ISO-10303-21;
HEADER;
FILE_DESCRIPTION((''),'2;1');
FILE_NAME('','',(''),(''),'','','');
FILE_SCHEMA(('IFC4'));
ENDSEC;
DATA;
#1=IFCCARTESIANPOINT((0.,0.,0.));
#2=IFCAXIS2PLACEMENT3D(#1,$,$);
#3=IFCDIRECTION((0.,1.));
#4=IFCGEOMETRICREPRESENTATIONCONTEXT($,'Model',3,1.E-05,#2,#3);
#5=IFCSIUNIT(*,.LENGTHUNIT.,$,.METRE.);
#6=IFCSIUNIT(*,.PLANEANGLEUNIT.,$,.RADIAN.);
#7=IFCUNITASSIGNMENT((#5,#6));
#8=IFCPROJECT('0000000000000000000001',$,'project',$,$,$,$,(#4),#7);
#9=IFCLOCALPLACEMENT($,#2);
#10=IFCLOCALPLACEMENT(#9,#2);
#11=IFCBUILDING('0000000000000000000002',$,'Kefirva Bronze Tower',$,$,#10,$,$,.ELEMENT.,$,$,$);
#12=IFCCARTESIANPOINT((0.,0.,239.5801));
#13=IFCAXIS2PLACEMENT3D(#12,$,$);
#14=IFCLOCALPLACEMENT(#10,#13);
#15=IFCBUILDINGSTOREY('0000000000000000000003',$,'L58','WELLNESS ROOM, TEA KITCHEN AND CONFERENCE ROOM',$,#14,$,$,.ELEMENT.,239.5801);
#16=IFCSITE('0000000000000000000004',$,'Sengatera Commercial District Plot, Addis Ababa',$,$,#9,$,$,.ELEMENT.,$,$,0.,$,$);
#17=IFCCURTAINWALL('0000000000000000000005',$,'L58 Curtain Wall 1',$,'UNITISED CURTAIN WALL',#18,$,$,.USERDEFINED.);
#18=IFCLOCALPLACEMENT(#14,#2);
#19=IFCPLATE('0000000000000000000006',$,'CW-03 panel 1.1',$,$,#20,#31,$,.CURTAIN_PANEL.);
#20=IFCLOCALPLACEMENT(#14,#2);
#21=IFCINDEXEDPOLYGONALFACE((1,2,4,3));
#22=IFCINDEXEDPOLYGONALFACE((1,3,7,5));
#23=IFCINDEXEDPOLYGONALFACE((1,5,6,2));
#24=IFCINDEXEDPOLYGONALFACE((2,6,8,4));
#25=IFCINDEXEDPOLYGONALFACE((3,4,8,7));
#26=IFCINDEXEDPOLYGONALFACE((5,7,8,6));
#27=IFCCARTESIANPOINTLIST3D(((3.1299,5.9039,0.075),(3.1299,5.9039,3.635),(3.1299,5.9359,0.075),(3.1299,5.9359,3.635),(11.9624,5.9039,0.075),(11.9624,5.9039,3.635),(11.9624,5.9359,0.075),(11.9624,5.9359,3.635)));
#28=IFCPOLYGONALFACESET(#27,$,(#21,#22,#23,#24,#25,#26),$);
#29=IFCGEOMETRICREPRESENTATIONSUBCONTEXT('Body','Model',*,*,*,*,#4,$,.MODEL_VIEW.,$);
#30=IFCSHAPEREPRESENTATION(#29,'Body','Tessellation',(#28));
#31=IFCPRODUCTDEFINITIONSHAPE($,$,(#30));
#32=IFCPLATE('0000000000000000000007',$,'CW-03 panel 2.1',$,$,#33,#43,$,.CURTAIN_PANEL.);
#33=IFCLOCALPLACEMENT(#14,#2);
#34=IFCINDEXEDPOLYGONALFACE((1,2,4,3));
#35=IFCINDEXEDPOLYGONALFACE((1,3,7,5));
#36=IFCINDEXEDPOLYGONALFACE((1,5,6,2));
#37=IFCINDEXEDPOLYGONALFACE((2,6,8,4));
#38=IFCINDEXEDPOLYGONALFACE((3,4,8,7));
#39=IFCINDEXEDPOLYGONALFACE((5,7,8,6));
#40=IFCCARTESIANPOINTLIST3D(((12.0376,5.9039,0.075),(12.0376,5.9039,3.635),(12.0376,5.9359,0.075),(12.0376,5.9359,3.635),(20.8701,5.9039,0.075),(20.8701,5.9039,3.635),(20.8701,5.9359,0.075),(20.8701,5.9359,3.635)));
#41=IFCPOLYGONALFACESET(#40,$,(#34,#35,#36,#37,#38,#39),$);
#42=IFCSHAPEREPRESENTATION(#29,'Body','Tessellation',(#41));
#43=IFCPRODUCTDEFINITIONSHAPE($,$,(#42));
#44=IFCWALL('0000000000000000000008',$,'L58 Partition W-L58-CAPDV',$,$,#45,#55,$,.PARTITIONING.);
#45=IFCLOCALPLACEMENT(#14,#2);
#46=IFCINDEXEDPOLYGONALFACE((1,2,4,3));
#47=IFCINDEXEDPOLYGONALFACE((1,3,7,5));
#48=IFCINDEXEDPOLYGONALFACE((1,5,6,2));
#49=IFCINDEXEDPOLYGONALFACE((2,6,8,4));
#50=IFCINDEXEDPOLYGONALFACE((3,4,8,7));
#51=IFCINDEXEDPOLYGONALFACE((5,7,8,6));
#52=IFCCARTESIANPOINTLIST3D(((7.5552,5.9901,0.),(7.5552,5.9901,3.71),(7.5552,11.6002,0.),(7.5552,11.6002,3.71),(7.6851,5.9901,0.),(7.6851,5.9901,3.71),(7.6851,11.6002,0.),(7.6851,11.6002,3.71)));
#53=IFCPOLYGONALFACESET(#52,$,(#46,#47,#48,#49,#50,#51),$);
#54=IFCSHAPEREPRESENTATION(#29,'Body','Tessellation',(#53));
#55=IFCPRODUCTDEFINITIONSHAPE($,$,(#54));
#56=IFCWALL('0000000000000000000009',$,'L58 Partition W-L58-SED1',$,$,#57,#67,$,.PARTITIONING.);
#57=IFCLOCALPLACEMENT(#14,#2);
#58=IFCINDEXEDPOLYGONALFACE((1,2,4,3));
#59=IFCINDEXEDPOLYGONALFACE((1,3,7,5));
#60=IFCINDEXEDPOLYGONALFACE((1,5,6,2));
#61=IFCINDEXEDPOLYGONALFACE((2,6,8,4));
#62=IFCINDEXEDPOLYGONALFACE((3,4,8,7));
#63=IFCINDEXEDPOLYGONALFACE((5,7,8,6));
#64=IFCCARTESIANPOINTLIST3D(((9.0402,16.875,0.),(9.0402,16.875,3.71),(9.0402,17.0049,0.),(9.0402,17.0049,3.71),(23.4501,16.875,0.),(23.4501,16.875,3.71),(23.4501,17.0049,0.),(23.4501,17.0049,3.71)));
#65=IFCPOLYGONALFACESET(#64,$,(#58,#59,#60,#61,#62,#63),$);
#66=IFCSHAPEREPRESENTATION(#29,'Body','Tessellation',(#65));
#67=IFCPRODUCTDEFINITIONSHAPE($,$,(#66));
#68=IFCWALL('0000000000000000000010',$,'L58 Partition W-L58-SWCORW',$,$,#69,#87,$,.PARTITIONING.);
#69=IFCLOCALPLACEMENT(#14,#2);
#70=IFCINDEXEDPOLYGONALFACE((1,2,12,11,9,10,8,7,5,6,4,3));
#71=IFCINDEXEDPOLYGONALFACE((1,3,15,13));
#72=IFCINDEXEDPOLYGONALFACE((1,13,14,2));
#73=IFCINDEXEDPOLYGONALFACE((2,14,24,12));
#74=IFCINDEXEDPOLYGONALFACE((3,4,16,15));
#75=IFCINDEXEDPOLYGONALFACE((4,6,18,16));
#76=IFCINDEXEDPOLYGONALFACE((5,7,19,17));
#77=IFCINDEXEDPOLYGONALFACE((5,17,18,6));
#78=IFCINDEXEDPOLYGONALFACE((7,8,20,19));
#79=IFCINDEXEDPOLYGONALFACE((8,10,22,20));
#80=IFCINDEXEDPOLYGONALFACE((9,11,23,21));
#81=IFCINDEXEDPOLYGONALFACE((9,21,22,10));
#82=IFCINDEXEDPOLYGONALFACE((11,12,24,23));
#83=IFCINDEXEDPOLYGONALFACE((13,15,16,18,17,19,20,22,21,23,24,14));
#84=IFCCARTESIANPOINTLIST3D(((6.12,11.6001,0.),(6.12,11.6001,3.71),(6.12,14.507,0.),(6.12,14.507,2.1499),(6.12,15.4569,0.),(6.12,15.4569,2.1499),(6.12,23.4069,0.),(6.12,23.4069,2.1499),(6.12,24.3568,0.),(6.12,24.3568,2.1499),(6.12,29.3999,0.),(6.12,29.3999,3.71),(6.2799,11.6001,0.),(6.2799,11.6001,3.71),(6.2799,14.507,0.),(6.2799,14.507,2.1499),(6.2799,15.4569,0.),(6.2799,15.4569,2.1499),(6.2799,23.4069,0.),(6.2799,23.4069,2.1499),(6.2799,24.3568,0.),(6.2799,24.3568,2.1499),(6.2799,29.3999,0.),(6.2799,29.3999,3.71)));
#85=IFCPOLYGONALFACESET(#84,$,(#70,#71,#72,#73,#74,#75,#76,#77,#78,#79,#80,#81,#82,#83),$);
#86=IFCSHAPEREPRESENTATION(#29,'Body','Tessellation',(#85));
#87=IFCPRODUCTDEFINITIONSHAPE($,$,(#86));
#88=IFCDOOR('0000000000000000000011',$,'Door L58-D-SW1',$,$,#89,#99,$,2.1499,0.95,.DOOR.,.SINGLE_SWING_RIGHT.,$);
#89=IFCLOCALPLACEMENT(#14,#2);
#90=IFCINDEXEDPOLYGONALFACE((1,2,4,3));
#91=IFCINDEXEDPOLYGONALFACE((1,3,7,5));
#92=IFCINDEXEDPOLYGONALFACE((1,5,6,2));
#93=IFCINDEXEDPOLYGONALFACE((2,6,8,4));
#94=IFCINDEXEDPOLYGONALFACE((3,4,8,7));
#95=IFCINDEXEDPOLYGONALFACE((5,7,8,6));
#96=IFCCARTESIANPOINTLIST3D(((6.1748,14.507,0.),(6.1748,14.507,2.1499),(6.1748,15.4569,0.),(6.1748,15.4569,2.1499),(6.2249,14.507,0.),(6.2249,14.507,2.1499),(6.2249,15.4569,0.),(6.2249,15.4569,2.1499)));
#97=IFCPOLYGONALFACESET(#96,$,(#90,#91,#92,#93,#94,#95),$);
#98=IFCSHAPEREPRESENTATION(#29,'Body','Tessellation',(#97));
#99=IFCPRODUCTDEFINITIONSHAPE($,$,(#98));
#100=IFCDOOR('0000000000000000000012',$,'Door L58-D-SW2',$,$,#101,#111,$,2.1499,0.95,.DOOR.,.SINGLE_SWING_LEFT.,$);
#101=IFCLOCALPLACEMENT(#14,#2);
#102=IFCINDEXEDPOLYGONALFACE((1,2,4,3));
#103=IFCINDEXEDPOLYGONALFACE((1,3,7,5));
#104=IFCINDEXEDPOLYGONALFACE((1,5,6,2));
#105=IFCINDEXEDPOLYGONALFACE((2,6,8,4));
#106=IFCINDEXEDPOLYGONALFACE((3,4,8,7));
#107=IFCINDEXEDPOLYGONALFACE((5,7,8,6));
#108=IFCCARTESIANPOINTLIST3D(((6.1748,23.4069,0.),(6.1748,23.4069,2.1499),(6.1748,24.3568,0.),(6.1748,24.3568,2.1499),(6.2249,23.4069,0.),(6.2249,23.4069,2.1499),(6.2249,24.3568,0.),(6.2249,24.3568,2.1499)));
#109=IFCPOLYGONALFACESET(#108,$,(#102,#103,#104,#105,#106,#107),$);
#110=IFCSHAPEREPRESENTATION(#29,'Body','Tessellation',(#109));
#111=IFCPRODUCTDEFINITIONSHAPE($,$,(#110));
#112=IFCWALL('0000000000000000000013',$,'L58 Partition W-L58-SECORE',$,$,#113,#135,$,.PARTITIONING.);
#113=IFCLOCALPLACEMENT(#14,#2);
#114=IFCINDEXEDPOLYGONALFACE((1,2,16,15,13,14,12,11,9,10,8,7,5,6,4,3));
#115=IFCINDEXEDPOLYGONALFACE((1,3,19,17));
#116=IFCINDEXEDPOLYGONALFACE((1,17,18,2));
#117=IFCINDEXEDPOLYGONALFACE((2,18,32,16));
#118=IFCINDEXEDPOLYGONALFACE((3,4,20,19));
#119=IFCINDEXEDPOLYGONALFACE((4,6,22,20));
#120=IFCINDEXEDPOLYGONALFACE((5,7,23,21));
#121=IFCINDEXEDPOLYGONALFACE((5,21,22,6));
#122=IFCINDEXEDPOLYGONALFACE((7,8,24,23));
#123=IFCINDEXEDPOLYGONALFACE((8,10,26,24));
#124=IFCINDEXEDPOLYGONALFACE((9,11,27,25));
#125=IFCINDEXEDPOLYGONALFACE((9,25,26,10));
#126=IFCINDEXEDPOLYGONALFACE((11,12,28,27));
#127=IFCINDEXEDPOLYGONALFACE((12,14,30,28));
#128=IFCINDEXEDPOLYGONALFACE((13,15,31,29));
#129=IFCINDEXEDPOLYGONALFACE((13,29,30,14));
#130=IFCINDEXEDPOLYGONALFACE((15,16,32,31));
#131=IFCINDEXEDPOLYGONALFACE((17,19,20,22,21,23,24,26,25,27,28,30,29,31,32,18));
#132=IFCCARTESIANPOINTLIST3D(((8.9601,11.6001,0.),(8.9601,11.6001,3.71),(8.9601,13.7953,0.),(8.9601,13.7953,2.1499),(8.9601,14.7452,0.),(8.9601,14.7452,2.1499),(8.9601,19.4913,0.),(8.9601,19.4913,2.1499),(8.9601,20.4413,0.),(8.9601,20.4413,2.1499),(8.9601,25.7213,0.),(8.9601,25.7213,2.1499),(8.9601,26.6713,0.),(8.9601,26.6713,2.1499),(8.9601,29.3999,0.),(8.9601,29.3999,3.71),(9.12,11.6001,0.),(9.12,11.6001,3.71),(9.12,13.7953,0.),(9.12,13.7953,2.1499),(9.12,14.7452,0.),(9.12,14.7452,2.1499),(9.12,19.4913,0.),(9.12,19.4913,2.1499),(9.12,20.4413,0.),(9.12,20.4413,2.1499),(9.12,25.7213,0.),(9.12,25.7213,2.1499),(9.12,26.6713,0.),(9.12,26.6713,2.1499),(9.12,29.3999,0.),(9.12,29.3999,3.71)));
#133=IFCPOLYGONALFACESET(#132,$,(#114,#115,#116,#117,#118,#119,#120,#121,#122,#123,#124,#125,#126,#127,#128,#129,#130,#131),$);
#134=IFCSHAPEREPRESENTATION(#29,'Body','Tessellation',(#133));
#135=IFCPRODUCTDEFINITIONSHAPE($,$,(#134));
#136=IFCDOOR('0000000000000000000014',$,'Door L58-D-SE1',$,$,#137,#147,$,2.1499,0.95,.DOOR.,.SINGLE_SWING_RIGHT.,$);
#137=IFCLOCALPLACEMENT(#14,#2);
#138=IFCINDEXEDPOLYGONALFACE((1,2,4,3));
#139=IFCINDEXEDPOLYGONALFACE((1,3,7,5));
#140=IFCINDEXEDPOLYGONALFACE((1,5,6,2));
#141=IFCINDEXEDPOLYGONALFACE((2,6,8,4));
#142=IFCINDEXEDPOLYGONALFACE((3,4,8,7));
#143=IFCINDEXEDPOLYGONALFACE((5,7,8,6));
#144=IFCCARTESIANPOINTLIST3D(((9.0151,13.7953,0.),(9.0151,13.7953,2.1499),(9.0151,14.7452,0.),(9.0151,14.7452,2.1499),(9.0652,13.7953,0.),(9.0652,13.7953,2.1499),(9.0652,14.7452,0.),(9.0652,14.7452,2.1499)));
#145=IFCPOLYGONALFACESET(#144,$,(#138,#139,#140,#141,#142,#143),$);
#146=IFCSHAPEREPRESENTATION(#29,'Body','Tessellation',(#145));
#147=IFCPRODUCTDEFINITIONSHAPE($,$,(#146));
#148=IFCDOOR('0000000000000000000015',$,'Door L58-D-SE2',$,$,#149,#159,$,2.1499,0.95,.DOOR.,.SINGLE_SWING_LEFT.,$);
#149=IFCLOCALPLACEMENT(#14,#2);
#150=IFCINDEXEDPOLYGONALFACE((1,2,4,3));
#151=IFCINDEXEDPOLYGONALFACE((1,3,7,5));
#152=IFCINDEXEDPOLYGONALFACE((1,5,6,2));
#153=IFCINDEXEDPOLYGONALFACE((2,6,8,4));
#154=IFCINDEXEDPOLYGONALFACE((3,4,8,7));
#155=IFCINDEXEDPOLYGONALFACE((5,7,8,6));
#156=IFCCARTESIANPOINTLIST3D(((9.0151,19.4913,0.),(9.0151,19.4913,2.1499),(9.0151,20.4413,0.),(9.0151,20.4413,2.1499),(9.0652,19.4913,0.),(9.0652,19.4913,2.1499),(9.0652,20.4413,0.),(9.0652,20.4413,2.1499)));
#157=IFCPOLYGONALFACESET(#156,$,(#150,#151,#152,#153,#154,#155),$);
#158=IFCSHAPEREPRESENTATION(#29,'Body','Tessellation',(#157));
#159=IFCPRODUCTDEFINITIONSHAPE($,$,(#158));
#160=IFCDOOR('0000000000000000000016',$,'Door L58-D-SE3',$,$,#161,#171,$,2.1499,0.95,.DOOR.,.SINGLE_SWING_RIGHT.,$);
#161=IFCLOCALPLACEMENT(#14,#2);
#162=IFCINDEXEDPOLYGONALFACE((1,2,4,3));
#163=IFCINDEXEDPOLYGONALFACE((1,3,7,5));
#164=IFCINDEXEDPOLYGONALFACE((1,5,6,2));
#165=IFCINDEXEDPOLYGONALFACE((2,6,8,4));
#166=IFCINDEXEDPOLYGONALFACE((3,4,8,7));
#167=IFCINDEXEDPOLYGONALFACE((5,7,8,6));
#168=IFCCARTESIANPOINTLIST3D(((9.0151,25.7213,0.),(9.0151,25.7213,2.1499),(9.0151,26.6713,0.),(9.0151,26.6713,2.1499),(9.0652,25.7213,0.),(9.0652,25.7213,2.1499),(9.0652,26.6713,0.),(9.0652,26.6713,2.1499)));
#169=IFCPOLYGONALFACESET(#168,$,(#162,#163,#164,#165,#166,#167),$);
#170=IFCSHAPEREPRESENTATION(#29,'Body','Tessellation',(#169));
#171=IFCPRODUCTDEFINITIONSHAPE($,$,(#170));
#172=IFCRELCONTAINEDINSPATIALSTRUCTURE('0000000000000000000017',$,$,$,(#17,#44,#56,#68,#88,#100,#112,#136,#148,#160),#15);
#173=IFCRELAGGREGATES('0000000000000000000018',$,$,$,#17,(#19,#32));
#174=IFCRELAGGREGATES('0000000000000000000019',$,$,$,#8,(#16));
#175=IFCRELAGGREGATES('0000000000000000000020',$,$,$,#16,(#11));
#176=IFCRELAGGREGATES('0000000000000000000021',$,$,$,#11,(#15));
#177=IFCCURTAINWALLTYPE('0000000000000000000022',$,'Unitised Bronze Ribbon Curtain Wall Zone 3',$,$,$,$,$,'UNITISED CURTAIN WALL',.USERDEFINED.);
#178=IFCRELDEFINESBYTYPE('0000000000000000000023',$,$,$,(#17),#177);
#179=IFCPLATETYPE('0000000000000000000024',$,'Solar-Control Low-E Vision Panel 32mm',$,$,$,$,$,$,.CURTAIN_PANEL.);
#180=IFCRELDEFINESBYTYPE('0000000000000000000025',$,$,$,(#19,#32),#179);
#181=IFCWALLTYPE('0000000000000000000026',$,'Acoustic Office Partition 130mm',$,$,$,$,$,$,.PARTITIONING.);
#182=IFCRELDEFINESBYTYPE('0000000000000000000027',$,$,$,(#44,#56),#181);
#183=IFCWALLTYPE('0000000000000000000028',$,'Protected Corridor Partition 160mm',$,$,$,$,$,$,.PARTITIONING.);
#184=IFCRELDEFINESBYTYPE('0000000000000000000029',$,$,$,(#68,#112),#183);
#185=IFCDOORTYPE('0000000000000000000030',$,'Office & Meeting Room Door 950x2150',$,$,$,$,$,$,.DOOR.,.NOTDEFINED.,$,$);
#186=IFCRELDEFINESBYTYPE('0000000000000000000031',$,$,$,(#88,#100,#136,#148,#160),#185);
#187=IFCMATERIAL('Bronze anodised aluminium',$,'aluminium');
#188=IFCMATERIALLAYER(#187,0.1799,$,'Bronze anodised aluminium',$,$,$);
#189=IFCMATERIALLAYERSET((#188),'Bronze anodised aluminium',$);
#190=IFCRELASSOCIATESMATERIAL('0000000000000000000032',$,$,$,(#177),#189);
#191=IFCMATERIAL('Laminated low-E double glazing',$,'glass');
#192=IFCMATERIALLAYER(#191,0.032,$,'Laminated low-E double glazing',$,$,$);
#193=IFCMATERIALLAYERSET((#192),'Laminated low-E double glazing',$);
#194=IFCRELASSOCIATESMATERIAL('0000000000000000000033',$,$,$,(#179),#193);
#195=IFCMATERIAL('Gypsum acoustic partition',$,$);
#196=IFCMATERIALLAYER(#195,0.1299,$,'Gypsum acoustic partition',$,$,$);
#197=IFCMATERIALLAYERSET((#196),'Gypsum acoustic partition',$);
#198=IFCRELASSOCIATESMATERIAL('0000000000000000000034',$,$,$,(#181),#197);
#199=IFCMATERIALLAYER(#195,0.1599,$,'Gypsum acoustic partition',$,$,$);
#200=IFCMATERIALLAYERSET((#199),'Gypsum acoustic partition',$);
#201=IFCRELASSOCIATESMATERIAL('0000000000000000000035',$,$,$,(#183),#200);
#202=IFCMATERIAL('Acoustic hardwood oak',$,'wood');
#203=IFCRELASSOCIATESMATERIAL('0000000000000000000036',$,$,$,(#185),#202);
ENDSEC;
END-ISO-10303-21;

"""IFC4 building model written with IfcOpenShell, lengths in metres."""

from ifc_helpers import new_model, si_unit, direction, frame, frame_2d, origin, origin_2d, place, context, subcontext, project, spatial, rectangle, extrude, material, layer, layer_set, type_object, element, fill, aggregate, save


model = new_model("IFC4")

# Units and contexts
model_context = context("Model", 3, precision=1e-05, world=origin(), true_north=direction((0.0, 1.0)))
body_context = subcontext(model_context, "Body", "Model", "MODEL_VIEW")
ifc_project = project(units=[si_unit("LENGTHUNIT", "METRE"), si_unit("PLANEANGLEUNIT", "RADIAN")], contexts=[model_context])

# Site, building, storey
site_placement = place(None, origin())
site = spatial("IfcSite", under=ifc_project, at=site_placement, Name="Sengatera Commercial District Plot, Addis Ababa", CompositionType="ELEMENT", RefElevation=0.0)
building_placement = place(site_placement, origin())
building = spatial("IfcBuilding", under=site, at=building_placement, Name="Kefirva Bronze Tower", CompositionType="ELEMENT")
storey_placement = place(building_placement, frame((0.0, 0.0, 239.5801)))
storey = spatial("IfcBuildingStorey", under=building, at=storey_placement, Name="L58", Description="WELLNESS ROOM, TEA KITCHEN AND CONFERENCE ROOM", CompositionType="ELEMENT", Elevation=239.5801)

# Curtain wall
ifc_material_1 = material(Name="Bronze anodised aluminium", Category="aluminium")
ifc_layer_1 = layer(ifc_material_1, 0.1799, Name="Bronze anodised aluminium")
ifc_layer_set_1 = layer_set([ifc_layer_1], Name="Bronze anodised aluminium")
curtain_wall_type = type_object("IfcCurtainWallType", Name="Unitised Bronze Ribbon Curtain Wall Zone 3", ElementType="UNITISED CURTAIN WALL", PredefinedType="USERDEFINED", material=ifc_layer_set_1)
curtain_wall_placement = place(storey_placement, origin())
curtain_wall = element("IfcCurtainWall", 1, at=curtain_wall_placement, inside=storey, type_object=curtain_wall_type, Name="L58 Curtain Wall 1", ObjectType="UNITISED CURTAIN WALL", PredefinedType="USERDEFINED")

# Plates
ifc_material_2 = material(Name="Laminated low-E double glazing", Category="glass")
ifc_layer_2 = layer(ifc_material_2, 0.032, Name="Laminated low-E double glazing")
ifc_layer_set_2 = layer_set([ifc_layer_2], Name="Laminated low-E double glazing")
plate_type = type_object("IfcPlateType", Name="Solar-Control Low-E Vision Panel 32mm", PredefinedType="CURTAIN_PANEL", material=ifc_layer_set_2)
plate_1_placement = place(storey_placement, frame((7.5461, 5.9199, 0.075), z_axis=(0.0, 0.0, 1.0), x_axis=(1.0, 0.0, 0.0)))
plate_1 = element("IfcPlate", 2, at=plate_1_placement, type_object=plate_type, Name="CW-03 panel 1.1", PredefinedType="CURTAIN_PANEL", context=body_context, shape_type="SweptSolid", body=[
    extrude(rectangle(XDim=8.8325, YDim=0.032, at=origin_2d()), origin(), (0.0, 0.0, 1.0), 3.5601),
])
plate_2_placement = place(storey_placement, frame((16.4539, 5.9199, 0.075), z_axis=(0.0, 0.0, 1.0), x_axis=(1.0, 0.0, 0.0)))
plate_2 = element("IfcPlate", 3, at=plate_2_placement, type_object=plate_type, Name="CW-03 panel 2.1", PredefinedType="CURTAIN_PANEL", context=body_context, shape_type="SweptSolid", body=[
    extrude(rectangle(XDim=8.8325, YDim=0.032, at=origin_2d()), origin(), (0.0, 0.0, 1.0), 3.5601),
])
aggregate(curtain_wall, [plate_1, plate_2])

# Walls
ifc_material_3 = material(Name="Gypsum acoustic partition")
ifc_layer_3 = layer(ifc_material_3, 0.1299, Name="Gypsum acoustic partition")
ifc_layer_set_3 = layer_set([ifc_layer_3], Name="Gypsum acoustic partition")
wall_type_1 = type_object("IfcWallType", Name="Acoustic Office Partition 130mm", PredefinedType="PARTITIONING", material=ifc_layer_set_3)
wall_1_placement = place(storey_placement, frame((7.6201, 5.99, 0.0), z_axis=(0.0, 0.0, 1.0), x_axis=(0.0, 1.0, 0.0)))
element("IfcWall", 4, at=wall_1_placement, inside=storey, type_object=wall_type_1, Name="L58 Partition W-L58-CAPDV", PredefinedType="PARTITIONING", context=body_context, shape_type="SweptSolid", body=[
    extrude(rectangle(XDim=5.6101, YDim=0.1299, at=frame_2d((2.8052, 0.0))), origin(), (0.0, 0.0, 1.0), 3.71),
])
wall_2_placement = place(storey_placement, frame((9.04, 16.9399, 0.0), z_axis=(0.0, 0.0, 1.0), x_axis=(1.0, 0.0, 0.0)))
element("IfcWall", 5, at=wall_2_placement, inside=storey, type_object=wall_type_1, Name="L58 Partition W-L58-SED1", PredefinedType="PARTITIONING", context=body_context, shape_type="SweptSolid", body=[
    extrude(rectangle(XDim=14.4099, YDim=0.1299, at=frame_2d((7.2051, 0.0))), origin(), (0.0, 0.0, 1.0), 3.71),
])

# Walls, openings, doors
ifc_layer_4 = layer(ifc_material_3, 0.1599, Name="Gypsum acoustic partition")
ifc_layer_set_4 = layer_set([ifc_layer_4], Name="Gypsum acoustic partition")
wall_type_2 = type_object("IfcWallType", Name="Protected Corridor Partition 160mm", PredefinedType="PARTITIONING", material=ifc_layer_set_4)
wall_3_placement = place(storey_placement, frame((6.2, 11.6001, 0.0), z_axis=(0.0, 0.0, 1.0), x_axis=(0.0, 1.0, 0.0)))
wall_3 = element("IfcWall", 6, at=wall_3_placement, inside=storey, type_object=wall_type_2, Name="L58 Partition W-L58-SWCORW", PredefinedType="PARTITIONING", context=body_context, shape_type="SweptSolid", body=[
    extrude(rectangle(XDim=17.7998, YDim=0.1599, at=frame_2d((8.8999, 0.0))), origin(), (0.0, 0.0, 1.0), 3.71),
])
opening_1_placement = place(wall_3_placement, frame((3.8569, 0.0, 0.0), z_axis=(0.0, 0.0, 1.0), x_axis=(-1.0, 0.0, 0.0)))
opening_1 = element("IfcOpeningElement", 7, at=opening_1_placement, cuts=wall_3, PredefinedType="OPENING", context=body_context, shape_type="SweptSolid", body=[
    extrude(rectangle(XDim=0.95, YDim=2.1499, at=frame_2d((0.4751, 1.075))), frame((0.0, 0.0898, 0.0), z_axis=(0.0, -1.0, 0.0), x_axis=(1.0, 0.0, 0.0)), (0.0, 0.0, 1.0), 0.1799),
])
opening_2_placement = place(wall_3_placement, frame((12.7568, 0.0, 0.0), z_axis=(0.0, 0.0, 1.0), x_axis=(-1.0, 0.0, 0.0)))
opening_2 = element("IfcOpeningElement", 8, at=opening_2_placement, cuts=wall_3, PredefinedType="OPENING", context=body_context, shape_type="SweptSolid", body=[
    extrude(rectangle(XDim=0.95, YDim=2.1499, at=frame_2d((0.4751, 1.075))), frame((0.0, 0.0898, 0.0), z_axis=(0.0, -1.0, 0.0), x_axis=(1.0, 0.0, 0.0)), (0.0, 0.0, 1.0), 0.1799),
])
ifc_material_4 = material(Name="Acoustic hardwood oak", Category="wood")
door_type = type_object("IfcDoorType", Name="Office & Meeting Room Door 950x2150", OperationType="NOTDEFINED", PredefinedType="DOOR", material=ifc_material_4)
door_1_placement = place(opening_1_placement, origin())
door_1 = element("IfcDoor", 9, at=door_1_placement, inside=storey, type_object=door_type, Name="Door L58-D-SW1", OperationType="SINGLE_SWING_RIGHT", OverallHeight=2.1499, OverallWidth=0.95, PredefinedType="DOOR", context=body_context, shape_type="SweptSolid", body=[
    extrude(rectangle(XDim=0.95, YDim=2.1499, at=frame_2d((0.4751, 1.075))), frame((0.0, 0.0249, 0.0), z_axis=(0.0, -1.0, 0.0), x_axis=(1.0, 0.0, 0.0)), (0.0, 0.0, 1.0), 0.05),
])
fill(opening_1, door_1)
door_2_placement = place(opening_2_placement, origin())
door_2 = element("IfcDoor", 10, at=door_2_placement, inside=storey, type_object=door_type, Name="Door L58-D-SW2", OperationType="SINGLE_SWING_LEFT", OverallHeight=2.1499, OverallWidth=0.95, PredefinedType="DOOR", context=body_context, shape_type="SweptSolid", body=[
    extrude(rectangle(XDim=0.95, YDim=2.1499, at=frame_2d((0.4751, 1.075))), frame((0.0, 0.0249, 0.0), z_axis=(0.0, -1.0, 0.0), x_axis=(1.0, 0.0, 0.0)), (0.0, 0.0, 1.0), 0.05),
])
fill(opening_2, door_2)
wall_4_placement = place(storey_placement, frame((9.04, 11.6001, 0.0), z_axis=(0.0, 0.0, 1.0), x_axis=(0.0, 1.0, 0.0)))
wall_4 = element("IfcWall", 11, at=wall_4_placement, inside=storey, type_object=wall_type_2, Name="L58 Partition W-L58-SECORE", PredefinedType="PARTITIONING", context=body_context, shape_type="SweptSolid", body=[
    extrude(rectangle(XDim=17.7998, YDim=0.1599, at=frame_2d((8.8999, 0.0))), origin(), (0.0, 0.0, 1.0), 3.71),
])
opening_3_placement = place(wall_4_placement, frame((2.1951, 0.0, 0.0)))
opening_3 = element("IfcOpeningElement", 12, at=opening_3_placement, cuts=wall_4, PredefinedType="OPENING", context=body_context, shape_type="SweptSolid", body=[
    extrude(rectangle(XDim=0.95, YDim=2.1499, at=frame_2d((0.4751, 1.075))), frame((0.0, 0.0898, 0.0), z_axis=(0.0, -1.0, 0.0), x_axis=(1.0, 0.0, 0.0)), (0.0, 0.0, 1.0), 0.1799),
])
opening_4_placement = place(wall_4_placement, frame((7.8911, 0.0, 0.0)))
opening_4 = element("IfcOpeningElement", 13, at=opening_4_placement, cuts=wall_4, PredefinedType="OPENING", context=body_context, shape_type="SweptSolid", body=[
    extrude(rectangle(XDim=0.95, YDim=2.1499, at=frame_2d((0.4751, 1.075))), frame((0.0, 0.0898, 0.0), z_axis=(0.0, -1.0, 0.0), x_axis=(1.0, 0.0, 0.0)), (0.0, 0.0, 1.0), 0.1799),
])
opening_5_placement = place(wall_4_placement, frame((14.1211, 0.0, 0.0)))
opening_5 = element("IfcOpeningElement", 14, at=opening_5_placement, cuts=wall_4, PredefinedType="OPENING", context=body_context, shape_type="SweptSolid", body=[
    extrude(rectangle(XDim=0.95, YDim=2.1499, at=frame_2d((0.4751, 1.075))), frame((0.0, 0.0898, 0.0), z_axis=(0.0, -1.0, 0.0), x_axis=(1.0, 0.0, 0.0)), (0.0, 0.0, 1.0), 0.1799),
])
door_3_placement = place(opening_3_placement, origin())
door_3 = element("IfcDoor", 15, at=door_3_placement, inside=storey, type_object=door_type, Name="Door L58-D-SE1", OperationType="SINGLE_SWING_RIGHT", OverallHeight=2.1499, OverallWidth=0.95, PredefinedType="DOOR", context=body_context, shape_type="SweptSolid", body=[
    extrude(rectangle(XDim=0.95, YDim=2.1499, at=frame_2d((0.4751, 1.075))), frame((0.0, 0.0249, 0.0), z_axis=(0.0, -1.0, 0.0), x_axis=(1.0, 0.0, 0.0)), (0.0, 0.0, 1.0), 0.05),
])
fill(opening_3, door_3)
door_4_placement = place(opening_4_placement, origin())
door_4 = element("IfcDoor", 16, at=door_4_placement, inside=storey, type_object=door_type, Name="Door L58-D-SE2", OperationType="SINGLE_SWING_LEFT", OverallHeight=2.1499, OverallWidth=0.95, PredefinedType="DOOR", context=body_context, shape_type="SweptSolid", body=[
    extrude(rectangle(XDim=0.95, YDim=2.1499, at=frame_2d((0.4751, 1.075))), frame((0.0, 0.0249, 0.0), z_axis=(0.0, -1.0, 0.0), x_axis=(1.0, 0.0, 0.0)), (0.0, 0.0, 1.0), 0.05),
])
fill(opening_4, door_4)
door_5_placement = place(opening_5_placement, origin())
door_5 = element("IfcDoor", 17, at=door_5_placement, inside=storey, type_object=door_type, Name="Door L58-D-SE3", OperationType="SINGLE_SWING_RIGHT", OverallHeight=2.1499, OverallWidth=0.95, PredefinedType="DOOR", context=body_context, shape_type="SweptSolid", body=[
    extrude(rectangle(XDim=0.95, YDim=2.1499, at=frame_2d((0.4751, 1.075))), frame((0.0, 0.0249, 0.0), z_axis=(0.0, -1.0, 0.0), x_axis=(1.0, 0.0, 0.0)), (0.0, 0.0, 1.0), 0.05),
])
fill(opening_5, door_5)

save(model, "model.ifc")
